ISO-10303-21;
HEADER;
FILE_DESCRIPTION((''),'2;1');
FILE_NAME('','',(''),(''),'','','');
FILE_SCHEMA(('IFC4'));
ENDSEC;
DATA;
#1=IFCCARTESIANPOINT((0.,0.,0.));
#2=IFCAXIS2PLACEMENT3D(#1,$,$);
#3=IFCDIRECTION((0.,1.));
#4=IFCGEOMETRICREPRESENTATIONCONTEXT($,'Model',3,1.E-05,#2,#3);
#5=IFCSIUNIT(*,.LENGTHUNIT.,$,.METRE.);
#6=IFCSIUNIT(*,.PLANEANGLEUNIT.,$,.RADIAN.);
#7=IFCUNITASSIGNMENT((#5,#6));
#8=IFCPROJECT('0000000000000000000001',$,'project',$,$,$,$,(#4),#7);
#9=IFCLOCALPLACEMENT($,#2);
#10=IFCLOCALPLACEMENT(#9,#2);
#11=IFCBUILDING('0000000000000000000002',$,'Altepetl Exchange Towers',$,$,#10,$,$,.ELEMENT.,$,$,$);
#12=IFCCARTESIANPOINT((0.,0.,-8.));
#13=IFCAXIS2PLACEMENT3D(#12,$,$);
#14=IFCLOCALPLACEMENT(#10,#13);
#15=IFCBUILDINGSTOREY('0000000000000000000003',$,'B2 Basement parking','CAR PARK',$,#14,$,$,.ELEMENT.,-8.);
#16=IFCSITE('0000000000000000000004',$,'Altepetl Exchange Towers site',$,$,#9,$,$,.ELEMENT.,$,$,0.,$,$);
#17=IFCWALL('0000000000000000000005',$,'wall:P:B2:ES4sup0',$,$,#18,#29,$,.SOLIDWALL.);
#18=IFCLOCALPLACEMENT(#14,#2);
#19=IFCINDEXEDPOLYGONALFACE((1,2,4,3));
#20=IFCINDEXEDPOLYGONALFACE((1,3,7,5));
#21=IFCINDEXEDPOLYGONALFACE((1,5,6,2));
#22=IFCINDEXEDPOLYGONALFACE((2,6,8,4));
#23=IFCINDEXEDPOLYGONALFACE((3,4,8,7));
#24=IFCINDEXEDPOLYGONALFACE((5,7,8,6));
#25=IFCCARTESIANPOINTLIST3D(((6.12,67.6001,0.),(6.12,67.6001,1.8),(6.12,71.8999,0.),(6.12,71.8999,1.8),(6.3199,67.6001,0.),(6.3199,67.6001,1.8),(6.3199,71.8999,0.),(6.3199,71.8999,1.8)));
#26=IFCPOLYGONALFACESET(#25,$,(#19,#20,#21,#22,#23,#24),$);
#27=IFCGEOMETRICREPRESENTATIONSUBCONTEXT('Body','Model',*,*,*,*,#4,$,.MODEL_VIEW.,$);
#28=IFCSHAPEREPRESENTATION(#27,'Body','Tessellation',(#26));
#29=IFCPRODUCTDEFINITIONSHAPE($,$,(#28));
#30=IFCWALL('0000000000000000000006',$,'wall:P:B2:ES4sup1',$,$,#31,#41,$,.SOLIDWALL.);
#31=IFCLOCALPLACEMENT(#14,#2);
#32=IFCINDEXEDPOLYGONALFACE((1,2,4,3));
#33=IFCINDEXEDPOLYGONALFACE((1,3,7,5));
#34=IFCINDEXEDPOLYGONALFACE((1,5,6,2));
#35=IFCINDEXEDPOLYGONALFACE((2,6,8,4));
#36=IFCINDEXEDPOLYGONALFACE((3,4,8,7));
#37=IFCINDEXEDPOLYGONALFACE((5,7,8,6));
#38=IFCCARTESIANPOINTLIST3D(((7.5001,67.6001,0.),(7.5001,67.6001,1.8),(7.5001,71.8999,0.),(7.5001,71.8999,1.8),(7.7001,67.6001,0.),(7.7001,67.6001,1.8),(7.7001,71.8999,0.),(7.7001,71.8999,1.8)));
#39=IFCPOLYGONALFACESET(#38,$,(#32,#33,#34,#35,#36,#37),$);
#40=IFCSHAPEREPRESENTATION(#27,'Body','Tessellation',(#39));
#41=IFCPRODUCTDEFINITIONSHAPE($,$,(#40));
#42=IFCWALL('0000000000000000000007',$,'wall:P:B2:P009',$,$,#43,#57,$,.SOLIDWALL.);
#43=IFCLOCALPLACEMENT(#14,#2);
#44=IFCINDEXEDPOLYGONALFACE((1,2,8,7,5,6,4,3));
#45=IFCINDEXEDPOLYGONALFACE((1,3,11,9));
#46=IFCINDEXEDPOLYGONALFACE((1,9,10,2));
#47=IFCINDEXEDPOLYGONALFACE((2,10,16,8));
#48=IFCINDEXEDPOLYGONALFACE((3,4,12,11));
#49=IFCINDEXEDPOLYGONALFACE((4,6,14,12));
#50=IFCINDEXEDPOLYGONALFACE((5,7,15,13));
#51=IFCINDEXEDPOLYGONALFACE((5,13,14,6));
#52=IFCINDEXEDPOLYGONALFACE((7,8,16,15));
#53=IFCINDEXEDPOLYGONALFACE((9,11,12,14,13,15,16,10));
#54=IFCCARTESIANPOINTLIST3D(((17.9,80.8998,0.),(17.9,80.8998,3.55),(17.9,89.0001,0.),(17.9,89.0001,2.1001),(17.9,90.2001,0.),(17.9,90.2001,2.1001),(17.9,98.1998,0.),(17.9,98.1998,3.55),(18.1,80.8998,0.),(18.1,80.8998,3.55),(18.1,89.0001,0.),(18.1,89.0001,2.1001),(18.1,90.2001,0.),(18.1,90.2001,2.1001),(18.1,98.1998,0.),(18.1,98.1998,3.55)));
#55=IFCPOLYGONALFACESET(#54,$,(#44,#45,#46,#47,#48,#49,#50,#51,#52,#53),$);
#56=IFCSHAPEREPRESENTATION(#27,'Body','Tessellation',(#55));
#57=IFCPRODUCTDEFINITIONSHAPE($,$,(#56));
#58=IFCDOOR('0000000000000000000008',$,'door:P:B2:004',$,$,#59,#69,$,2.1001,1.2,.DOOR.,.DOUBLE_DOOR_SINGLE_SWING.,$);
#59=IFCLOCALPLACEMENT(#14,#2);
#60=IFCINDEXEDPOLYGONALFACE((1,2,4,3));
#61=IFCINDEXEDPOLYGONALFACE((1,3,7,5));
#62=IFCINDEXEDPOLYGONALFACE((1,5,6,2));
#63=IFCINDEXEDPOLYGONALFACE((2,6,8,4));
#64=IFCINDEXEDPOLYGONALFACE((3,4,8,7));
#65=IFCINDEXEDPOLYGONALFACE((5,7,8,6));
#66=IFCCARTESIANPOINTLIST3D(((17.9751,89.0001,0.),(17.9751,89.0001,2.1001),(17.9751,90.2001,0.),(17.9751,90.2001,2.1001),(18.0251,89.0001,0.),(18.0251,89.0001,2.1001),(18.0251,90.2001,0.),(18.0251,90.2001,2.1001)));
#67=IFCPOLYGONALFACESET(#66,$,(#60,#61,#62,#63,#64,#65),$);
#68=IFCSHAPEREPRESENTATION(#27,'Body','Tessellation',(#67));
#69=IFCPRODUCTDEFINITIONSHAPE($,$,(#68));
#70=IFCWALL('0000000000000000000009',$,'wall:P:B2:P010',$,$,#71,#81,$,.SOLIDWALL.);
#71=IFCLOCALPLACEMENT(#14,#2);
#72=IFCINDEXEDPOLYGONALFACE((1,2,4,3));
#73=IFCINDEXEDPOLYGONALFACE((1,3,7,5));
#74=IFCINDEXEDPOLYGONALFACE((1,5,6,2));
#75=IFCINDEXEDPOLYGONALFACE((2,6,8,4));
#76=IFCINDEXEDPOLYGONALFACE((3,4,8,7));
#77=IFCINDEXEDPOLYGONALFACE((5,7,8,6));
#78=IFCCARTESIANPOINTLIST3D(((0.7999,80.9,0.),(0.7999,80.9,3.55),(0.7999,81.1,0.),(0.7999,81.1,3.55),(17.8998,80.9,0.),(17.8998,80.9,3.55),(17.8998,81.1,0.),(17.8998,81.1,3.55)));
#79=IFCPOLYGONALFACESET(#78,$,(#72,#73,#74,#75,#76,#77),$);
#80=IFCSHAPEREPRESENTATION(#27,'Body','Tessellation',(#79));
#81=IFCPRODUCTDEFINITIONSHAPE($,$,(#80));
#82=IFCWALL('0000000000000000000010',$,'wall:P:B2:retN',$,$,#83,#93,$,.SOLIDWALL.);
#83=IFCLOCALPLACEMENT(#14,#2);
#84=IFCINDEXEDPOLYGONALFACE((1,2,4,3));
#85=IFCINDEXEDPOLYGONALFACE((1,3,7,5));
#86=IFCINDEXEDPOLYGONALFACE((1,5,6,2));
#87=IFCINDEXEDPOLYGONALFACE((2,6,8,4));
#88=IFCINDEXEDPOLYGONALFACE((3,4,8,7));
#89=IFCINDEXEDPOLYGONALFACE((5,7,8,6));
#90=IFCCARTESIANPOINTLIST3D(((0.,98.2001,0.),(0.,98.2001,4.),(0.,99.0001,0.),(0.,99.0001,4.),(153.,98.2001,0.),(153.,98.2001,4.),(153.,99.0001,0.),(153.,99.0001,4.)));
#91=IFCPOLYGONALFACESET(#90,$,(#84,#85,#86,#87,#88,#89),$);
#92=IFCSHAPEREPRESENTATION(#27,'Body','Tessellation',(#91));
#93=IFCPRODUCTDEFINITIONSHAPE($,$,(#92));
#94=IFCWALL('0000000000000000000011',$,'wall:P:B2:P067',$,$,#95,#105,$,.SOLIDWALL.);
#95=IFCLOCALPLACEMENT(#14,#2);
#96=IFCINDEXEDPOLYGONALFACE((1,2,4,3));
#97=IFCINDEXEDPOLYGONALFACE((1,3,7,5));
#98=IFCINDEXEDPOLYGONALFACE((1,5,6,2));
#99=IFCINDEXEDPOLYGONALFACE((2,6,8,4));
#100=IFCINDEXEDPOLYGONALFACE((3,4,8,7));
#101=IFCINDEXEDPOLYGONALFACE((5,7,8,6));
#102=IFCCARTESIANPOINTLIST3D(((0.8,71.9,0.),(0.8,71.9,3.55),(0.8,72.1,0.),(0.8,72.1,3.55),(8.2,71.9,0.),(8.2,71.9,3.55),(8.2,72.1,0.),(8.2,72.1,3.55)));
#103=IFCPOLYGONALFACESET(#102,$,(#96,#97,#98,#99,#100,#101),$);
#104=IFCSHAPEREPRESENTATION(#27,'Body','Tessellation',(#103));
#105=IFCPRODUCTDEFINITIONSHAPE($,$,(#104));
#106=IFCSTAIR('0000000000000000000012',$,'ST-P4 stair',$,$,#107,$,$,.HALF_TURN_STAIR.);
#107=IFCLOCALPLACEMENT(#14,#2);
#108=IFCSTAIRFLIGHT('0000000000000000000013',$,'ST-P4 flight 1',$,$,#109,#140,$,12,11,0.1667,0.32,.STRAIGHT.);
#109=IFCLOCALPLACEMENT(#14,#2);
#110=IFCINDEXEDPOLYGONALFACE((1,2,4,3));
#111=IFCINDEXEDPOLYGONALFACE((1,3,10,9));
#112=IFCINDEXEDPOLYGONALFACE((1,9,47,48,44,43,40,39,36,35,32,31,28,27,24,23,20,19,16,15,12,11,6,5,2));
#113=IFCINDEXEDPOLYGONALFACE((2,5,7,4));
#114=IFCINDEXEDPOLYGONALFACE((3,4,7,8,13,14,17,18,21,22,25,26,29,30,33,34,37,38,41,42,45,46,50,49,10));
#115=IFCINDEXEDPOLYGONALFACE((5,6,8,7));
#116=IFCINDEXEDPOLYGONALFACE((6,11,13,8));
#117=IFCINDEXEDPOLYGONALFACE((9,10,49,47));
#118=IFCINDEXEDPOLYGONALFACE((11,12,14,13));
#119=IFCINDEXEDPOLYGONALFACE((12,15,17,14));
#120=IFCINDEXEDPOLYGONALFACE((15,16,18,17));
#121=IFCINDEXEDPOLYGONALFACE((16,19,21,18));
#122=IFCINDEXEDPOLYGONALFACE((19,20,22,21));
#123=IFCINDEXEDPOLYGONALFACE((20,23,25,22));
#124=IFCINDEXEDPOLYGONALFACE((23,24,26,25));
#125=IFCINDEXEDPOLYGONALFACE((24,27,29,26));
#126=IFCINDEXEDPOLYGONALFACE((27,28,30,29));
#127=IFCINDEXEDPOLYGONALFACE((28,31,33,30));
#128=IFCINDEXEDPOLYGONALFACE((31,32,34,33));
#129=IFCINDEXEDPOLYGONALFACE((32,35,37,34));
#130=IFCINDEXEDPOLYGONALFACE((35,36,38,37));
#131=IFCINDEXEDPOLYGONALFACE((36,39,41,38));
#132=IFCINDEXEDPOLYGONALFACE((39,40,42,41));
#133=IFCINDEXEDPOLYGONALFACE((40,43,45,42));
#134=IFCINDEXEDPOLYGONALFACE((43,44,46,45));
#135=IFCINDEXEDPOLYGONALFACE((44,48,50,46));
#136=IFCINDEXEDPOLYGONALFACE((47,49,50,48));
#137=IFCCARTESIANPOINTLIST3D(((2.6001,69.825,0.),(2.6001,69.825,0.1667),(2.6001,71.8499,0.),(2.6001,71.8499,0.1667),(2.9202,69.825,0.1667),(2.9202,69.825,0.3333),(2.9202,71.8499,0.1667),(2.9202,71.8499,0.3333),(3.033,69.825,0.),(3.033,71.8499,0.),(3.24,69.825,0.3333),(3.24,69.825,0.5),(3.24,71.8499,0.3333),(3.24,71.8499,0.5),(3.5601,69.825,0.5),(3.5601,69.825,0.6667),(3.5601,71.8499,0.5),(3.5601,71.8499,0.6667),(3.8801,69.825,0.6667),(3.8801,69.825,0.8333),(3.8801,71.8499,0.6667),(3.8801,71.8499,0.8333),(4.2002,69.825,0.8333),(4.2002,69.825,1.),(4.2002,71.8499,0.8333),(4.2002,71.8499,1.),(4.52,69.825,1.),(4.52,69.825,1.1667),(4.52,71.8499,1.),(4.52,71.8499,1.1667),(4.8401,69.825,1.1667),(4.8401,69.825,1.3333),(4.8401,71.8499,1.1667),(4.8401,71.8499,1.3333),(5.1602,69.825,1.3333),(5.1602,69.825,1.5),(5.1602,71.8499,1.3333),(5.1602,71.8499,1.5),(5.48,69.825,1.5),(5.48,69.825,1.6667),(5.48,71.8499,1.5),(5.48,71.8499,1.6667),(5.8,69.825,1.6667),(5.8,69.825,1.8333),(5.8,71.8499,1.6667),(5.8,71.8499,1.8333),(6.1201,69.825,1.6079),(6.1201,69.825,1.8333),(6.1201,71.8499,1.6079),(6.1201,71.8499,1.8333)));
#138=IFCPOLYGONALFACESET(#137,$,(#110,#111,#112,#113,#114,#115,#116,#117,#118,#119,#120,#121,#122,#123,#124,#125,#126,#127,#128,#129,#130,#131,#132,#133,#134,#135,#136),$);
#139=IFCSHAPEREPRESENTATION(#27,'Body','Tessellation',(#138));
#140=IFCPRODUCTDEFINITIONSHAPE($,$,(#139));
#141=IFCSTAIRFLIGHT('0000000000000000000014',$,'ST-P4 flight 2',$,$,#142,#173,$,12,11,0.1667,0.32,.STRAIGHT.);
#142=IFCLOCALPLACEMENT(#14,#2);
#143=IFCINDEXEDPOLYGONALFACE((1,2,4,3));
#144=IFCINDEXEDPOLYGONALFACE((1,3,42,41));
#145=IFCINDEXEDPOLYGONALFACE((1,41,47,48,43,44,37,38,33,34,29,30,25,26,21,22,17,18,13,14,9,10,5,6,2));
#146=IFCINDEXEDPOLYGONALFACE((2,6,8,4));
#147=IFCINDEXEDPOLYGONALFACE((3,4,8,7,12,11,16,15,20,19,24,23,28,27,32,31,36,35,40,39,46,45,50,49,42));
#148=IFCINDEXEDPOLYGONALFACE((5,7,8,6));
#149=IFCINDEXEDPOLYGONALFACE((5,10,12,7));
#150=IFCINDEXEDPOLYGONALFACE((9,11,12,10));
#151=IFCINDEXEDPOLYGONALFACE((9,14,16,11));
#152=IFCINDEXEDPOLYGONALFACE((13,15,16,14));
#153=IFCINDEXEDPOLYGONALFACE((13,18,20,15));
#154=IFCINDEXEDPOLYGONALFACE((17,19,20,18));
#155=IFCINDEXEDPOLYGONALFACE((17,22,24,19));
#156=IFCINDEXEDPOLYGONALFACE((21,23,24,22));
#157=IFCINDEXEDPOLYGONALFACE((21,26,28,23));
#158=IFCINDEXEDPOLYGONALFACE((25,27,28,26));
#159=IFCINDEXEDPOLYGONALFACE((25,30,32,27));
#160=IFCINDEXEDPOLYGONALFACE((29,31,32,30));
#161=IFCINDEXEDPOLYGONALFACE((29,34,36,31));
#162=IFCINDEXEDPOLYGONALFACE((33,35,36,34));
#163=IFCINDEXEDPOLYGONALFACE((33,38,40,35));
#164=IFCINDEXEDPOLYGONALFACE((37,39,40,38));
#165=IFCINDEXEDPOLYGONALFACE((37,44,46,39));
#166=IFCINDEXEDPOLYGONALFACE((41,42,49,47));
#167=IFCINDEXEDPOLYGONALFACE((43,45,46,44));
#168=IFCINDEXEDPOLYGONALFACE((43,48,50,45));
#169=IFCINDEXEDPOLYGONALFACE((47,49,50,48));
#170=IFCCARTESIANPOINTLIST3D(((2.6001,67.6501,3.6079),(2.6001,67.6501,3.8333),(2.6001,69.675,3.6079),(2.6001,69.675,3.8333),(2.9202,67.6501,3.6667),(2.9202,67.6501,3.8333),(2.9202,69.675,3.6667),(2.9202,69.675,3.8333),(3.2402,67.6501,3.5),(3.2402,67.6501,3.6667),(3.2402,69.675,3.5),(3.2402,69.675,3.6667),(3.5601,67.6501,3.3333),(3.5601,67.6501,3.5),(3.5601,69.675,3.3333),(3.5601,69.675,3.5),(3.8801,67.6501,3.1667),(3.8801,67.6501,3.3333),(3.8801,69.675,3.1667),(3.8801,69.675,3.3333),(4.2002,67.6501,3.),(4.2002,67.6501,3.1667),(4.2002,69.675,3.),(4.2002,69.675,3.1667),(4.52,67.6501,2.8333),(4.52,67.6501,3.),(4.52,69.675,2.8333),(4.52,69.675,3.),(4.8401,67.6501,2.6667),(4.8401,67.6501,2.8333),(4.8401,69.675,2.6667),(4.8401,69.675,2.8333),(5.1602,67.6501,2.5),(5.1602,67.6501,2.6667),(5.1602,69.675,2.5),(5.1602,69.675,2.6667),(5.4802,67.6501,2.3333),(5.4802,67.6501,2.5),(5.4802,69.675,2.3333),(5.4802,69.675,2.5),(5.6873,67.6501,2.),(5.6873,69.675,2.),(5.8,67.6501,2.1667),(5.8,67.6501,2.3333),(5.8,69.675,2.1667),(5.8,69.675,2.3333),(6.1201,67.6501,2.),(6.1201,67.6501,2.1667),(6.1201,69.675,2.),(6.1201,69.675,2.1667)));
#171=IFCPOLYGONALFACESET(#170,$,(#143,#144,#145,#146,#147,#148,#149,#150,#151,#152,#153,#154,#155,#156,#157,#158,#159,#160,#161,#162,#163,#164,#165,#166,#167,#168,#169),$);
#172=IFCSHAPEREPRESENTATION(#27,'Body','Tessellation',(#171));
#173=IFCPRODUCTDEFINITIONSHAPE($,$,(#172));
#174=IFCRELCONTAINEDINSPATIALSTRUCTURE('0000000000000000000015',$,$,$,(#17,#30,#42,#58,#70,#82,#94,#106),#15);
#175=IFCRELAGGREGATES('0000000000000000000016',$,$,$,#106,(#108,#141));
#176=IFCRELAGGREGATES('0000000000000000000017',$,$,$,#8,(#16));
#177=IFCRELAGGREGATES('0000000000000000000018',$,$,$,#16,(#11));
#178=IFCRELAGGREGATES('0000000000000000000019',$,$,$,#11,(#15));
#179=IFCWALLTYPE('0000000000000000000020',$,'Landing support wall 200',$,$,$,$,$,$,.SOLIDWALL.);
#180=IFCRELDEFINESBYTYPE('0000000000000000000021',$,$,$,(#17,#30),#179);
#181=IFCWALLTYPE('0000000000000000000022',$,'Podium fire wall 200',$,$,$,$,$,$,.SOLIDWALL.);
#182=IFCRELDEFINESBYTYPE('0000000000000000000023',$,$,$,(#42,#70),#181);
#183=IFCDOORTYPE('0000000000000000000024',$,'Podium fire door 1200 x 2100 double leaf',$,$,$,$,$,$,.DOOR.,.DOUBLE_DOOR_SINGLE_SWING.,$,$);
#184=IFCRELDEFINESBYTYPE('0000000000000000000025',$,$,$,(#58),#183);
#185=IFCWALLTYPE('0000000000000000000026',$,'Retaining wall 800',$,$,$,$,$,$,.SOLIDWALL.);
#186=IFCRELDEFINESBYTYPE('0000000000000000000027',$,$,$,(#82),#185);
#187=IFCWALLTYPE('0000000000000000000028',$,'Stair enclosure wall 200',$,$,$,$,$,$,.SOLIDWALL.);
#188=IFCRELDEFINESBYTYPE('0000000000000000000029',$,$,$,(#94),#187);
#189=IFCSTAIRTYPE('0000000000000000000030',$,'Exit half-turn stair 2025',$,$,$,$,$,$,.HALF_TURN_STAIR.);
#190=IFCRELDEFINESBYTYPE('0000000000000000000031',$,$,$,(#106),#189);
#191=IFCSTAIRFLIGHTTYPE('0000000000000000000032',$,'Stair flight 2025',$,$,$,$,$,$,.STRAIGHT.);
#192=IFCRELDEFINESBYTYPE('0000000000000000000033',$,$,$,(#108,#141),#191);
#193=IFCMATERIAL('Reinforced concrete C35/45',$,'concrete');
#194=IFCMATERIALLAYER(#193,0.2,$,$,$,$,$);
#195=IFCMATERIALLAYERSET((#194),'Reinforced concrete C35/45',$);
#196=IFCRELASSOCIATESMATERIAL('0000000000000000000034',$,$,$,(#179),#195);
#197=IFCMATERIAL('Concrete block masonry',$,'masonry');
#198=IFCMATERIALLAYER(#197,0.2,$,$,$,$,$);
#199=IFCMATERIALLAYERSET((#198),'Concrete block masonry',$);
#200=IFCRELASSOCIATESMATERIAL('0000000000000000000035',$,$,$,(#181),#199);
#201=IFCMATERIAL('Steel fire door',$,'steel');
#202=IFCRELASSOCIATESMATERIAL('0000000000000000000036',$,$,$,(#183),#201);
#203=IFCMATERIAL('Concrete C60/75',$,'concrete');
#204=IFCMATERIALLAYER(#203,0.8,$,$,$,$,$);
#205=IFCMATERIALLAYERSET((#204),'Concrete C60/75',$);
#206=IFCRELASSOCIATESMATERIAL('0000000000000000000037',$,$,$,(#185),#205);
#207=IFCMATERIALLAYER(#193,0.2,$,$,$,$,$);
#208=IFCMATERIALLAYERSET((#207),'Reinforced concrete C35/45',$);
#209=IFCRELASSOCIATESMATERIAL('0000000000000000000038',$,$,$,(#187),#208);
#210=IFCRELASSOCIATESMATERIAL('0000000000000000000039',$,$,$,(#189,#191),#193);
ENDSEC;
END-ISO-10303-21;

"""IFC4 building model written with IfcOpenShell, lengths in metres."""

from ifc_helpers import new_model, si_unit, direction, frame, frame_2d, origin, place, context, subcontext, project, spatial, polyline, rectangle, outline, extrude, material, layer, layer_set, type_object, element, fill, aggregate, save


model = new_model("IFC4")

# Units and contexts
model_context = context("Model", 3, precision=1e-05, world=origin(), true_north=direction((0.0, 1.0)))
body_context = subcontext(model_context, "Body", "Model", "MODEL_VIEW")
ifc_project = project(units=[si_unit("LENGTHUNIT", "METRE"), si_unit("PLANEANGLEUNIT", "RADIAN")], contexts=[model_context])

# Site, building, storey
site_placement = place(None, origin())
site = spatial("IfcSite", under=ifc_project, at=site_placement, Name="Altepetl Exchange Towers site", CompositionType="ELEMENT", RefElevation=0.0)
building_placement = place(site_placement, origin())
building = spatial("IfcBuilding", under=site, at=building_placement, Name="Altepetl Exchange Towers", CompositionType="ELEMENT")
storey_placement = place(building_placement, frame((0.0, 0.0, -8.0)))
storey = spatial("IfcBuildingStorey", under=building, at=storey_placement, Name="B2 Basement parking", Description="CAR PARK", CompositionType="ELEMENT", Elevation=-8.0)

# Walls
ifc_material_1 = material(Name="Reinforced concrete C35/45", Category="concrete")
ifc_layer_1 = layer(ifc_material_1, 0.2)
ifc_layer_set_1 = layer_set([ifc_layer_1], Name="Reinforced concrete C35/45")
wall_type_1 = type_object("IfcWallType", Name="Landing support wall 200", PredefinedType="SOLIDWALL", material=ifc_layer_set_1)
for number, where, z_axis, x_axis, name in (
    (1, (6.22, 71.8999, 0.0), (0.0, 0.0, 1.0), (0.0, -1.0, 0.0), "wall:P:B2:ES4sup0"),
    (2, (7.6001, 71.8999, 0.0), (0.0, 0.0, 1.0), (0.0, -1.0, 0.0), "wall:P:B2:ES4sup1"),
):
    element("IfcWall", number, at=place(storey_placement, frame(where, z_axis=z_axis, x_axis=x_axis)), inside=storey, type_object=wall_type_1, Name=name, PredefinedType="SOLIDWALL", context=body_context, shape_type="SweptSolid", body=[
        extrude(rectangle(XDim=4.2998, YDim=0.2, at=frame_2d((2.1499, 0.0))), origin(), (0.0, 0.0, 1.0), 1.8),
    ])

# Wall, opening, door
ifc_material_2 = material(Name="Concrete block masonry", Category="masonry")
ifc_layer_2 = layer(ifc_material_2, 0.2)
ifc_layer_set_2 = layer_set([ifc_layer_2], Name="Concrete block masonry")
wall_type_2 = type_object("IfcWallType", Name="Podium fire wall 200", PredefinedType="SOLIDWALL", material=ifc_layer_set_2)
wall_1_placement = place(storey_placement, frame((18.0, 80.8999, 0.0), z_axis=(0.0, 0.0, 1.0), x_axis=(0.0, 1.0, 0.0)))
wall_1 = element("IfcWall", 3, at=wall_1_placement, inside=storey, type_object=wall_type_2, Name="wall:P:B2:P009", PredefinedType="SOLIDWALL", context=body_context, shape_type="SweptSolid", body=[
    extrude(rectangle(XDim=17.3, YDim=0.2, at=frame_2d((8.6499, 0.0))), origin(), (0.0, 0.0, 1.0), 3.55),
])
opening_placement = place(wall_1_placement, frame((8.1001, 0.0, 0.0)))
opening = element("IfcOpeningElement", 4, at=opening_placement, cuts=wall_1, PredefinedType="OPENING", context=body_context, shape_type="SweptSolid", body=[
    extrude(rectangle(XDim=1.2, YDim=2.1001, at=frame_2d((0.6001, 1.05))), frame((0.0, 0.1099, 0.0), z_axis=(0.0, -1.0, 0.0), x_axis=(1.0, 0.0, 0.0)), (0.0, 0.0, 1.0), 0.22),
])
ifc_material_3 = material(Name="Steel fire door", Category="steel")
door_type = type_object("IfcDoorType", Name="Podium fire door 1200 x 2100 double leaf", OperationType="DOUBLE_DOOR_SINGLE_SWING", PredefinedType="DOOR", material=ifc_material_3)
door_placement = place(opening_placement, origin())
door = element("IfcDoor", 5, at=door_placement, inside=storey, type_object=door_type, Name="door:P:B2:004", OperationType="DOUBLE_DOOR_SINGLE_SWING", OverallHeight=2.1001, OverallWidth=1.2, PredefinedType="DOOR", context=body_context, shape_type="SweptSolid", body=[
    extrude(rectangle(XDim=1.2, YDim=2.1001, at=frame_2d((0.6001, 1.05))), frame((0.0, 0.0249, 0.0), z_axis=(0.0, -1.0, 0.0), x_axis=(1.0, 0.0, 0.0)), (0.0, 0.0, 1.0), 0.05),
])
fill(opening, door)

# Walls
wall_2_placement = place(storey_placement, frame((0.8, 81.0, 0.0)))
element("IfcWall", 6, at=wall_2_placement, inside=storey, type_object=wall_type_2, Name="wall:P:B2:P010", PredefinedType="SOLIDWALL", context=body_context, shape_type="SweptSolid", body=[
    extrude(rectangle(XDim=17.0999, YDim=0.2, at=frame_2d((8.5498, 0.0))), origin(), (0.0, 0.0, 1.0), 3.55),
])
ifc_material_4 = material(Name="Concrete C60/75", Category="concrete")
ifc_layer_3 = layer(ifc_material_4, 0.8)
ifc_layer_set_3 = layer_set([ifc_layer_3], Name="Concrete C60/75")
wall_type_3 = type_object("IfcWallType", Name="Retaining wall 800", PredefinedType="SOLIDWALL", material=ifc_layer_set_3)
wall_3_placement = place(storey_placement, frame((0.0, 98.6001, 0.0)))
element("IfcWall", 7, at=wall_3_placement, inside=storey, type_object=wall_type_3, Name="wall:P:B2:retN", PredefinedType="SOLIDWALL", context=body_context, shape_type="SweptSolid", body=[
    extrude(rectangle(XDim=153.0, YDim=0.8, at=frame_2d((76.5, 0.0))), origin(), (0.0, 0.0, 1.0), 4.0),
])
ifc_layer_4 = layer(ifc_material_1, 0.2)
ifc_layer_set_4 = layer_set([ifc_layer_4], Name="Reinforced concrete C35/45")
wall_type_4 = type_object("IfcWallType", Name="Stair enclosure wall 200", PredefinedType="SOLIDWALL", material=ifc_layer_set_4)
wall_4_placement = place(storey_placement, frame((0.8, 72.0, 0.0)))
element("IfcWall", 8, at=wall_4_placement, inside=storey, type_object=wall_type_4, Name="wall:P:B2:P067", PredefinedType="SOLIDWALL", context=body_context, shape_type="SweptSolid", body=[
    extrude(rectangle(XDim=7.3999, YDim=0.2, at=frame_2d((3.7, 0.0))), origin(), (0.0, 0.0, 1.0), 3.55),
])

# Stair, stair flights
stair_type = type_object("IfcStairType", Name="Exit half-turn stair 2025", PredefinedType="HALF_TURN_STAIR", material=ifc_material_1)
stair_placement = place(storey_placement, origin())
stair = element("IfcStair", 9, at=stair_placement, inside=storey, type_object=stair_type, Name="ST-P4 stair", PredefinedType="HALF_TURN_STAIR")
stair_flight_type = type_object("IfcStairFlightType", Name="Stair flight 2025", PredefinedType="STRAIGHT", material=ifc_material_1)
stair_flight_1_placement = place(storey_placement, frame((2.6001, 70.8374, 0.0)))
stair_flight_1 = element("IfcStairFlight", 10, at=stair_flight_1_placement, type_object=stair_flight_type, Name="ST-P4 flight 1", NumberOfRisers=12, NumberOfTreads=11, PredefinedType="STRAIGHT", RiserHeight=0.1667, TreadLength=0.32, context=body_context, shape_type="SweptSolid", body=[
    extrude(outline(polyline([(0.0, 0.0), (0.0, 0.1667), (0.3201, 0.1667), (0.3201, 0.3333), (0.6399, 0.3333), (0.6399, 0.5), (0.96, 0.5), (0.96, 0.6667), (1.28, 0.6667), (1.28, 0.8333), (1.6001, 0.8333), (1.6001, 1.0), (1.9199, 1.0), (1.9199, 1.1667), (2.24, 1.1667), (2.24, 1.3333), (2.5601, 1.3333), (2.5601, 1.5), (2.8799, 1.5), (2.8799, 1.6667), (3.2, 1.6667), (3.2, 1.8333), (3.52, 1.8333), (3.52, 2.0), (3.52, 1.6079), (0.4329, 0.0), (0.0, 0.0)])), frame((0.0, 1.0125, 0.0), z_axis=(0.0, -1.0, 0.0), x_axis=(1.0, 0.0, 0.0)), (0.0, 0.0, 1.0), 2.0249),
])
stair_flight_2_placement = place(storey_placement, frame((6.1201, 68.6626, 2.0), z_axis=(0.0, 0.0, 1.0), x_axis=(-1.0, 0.0, 0.0)))
stair_flight_2 = element("IfcStairFlight", 11, at=stair_flight_2_placement, type_object=stair_flight_type, Name="ST-P4 flight 2", NumberOfRisers=12, NumberOfTreads=11, PredefinedType="STRAIGHT", RiserHeight=0.1667, TreadLength=0.32, context=body_context, shape_type="SweptSolid", body=[
    extrude(outline(polyline([(0.0, 0.0), (0.0, 0.1667), (0.3201, 0.1667), (0.3201, 0.3333), (0.6399, 0.3333), (0.6399, 0.5), (0.96, 0.5), (0.96, 0.6667), (1.28, 0.6667), (1.28, 0.8333), (1.6001, 0.8333), (1.6001, 1.0), (1.9199, 1.0), (1.9199, 1.1667), (2.24, 1.1667), (2.24, 1.3333), (2.5601, 1.3333), (2.5601, 1.5), (2.8799, 1.5), (2.8799, 1.6667), (3.2, 1.6667), (3.2, 1.8333), (3.52, 1.8333), (3.52, 2.0), (3.52, 1.6079), (0.4329, 0.0), (0.0, 0.0)])), frame((0.0, 1.0125, 0.0), z_axis=(0.0, -1.0, 0.0), x_axis=(1.0, 0.0, 0.0)), (0.0, 0.0, 1.0), 2.0249),
])
aggregate(stair, [stair_flight_1, stair_flight_2])

save(model, "model.ifc")
